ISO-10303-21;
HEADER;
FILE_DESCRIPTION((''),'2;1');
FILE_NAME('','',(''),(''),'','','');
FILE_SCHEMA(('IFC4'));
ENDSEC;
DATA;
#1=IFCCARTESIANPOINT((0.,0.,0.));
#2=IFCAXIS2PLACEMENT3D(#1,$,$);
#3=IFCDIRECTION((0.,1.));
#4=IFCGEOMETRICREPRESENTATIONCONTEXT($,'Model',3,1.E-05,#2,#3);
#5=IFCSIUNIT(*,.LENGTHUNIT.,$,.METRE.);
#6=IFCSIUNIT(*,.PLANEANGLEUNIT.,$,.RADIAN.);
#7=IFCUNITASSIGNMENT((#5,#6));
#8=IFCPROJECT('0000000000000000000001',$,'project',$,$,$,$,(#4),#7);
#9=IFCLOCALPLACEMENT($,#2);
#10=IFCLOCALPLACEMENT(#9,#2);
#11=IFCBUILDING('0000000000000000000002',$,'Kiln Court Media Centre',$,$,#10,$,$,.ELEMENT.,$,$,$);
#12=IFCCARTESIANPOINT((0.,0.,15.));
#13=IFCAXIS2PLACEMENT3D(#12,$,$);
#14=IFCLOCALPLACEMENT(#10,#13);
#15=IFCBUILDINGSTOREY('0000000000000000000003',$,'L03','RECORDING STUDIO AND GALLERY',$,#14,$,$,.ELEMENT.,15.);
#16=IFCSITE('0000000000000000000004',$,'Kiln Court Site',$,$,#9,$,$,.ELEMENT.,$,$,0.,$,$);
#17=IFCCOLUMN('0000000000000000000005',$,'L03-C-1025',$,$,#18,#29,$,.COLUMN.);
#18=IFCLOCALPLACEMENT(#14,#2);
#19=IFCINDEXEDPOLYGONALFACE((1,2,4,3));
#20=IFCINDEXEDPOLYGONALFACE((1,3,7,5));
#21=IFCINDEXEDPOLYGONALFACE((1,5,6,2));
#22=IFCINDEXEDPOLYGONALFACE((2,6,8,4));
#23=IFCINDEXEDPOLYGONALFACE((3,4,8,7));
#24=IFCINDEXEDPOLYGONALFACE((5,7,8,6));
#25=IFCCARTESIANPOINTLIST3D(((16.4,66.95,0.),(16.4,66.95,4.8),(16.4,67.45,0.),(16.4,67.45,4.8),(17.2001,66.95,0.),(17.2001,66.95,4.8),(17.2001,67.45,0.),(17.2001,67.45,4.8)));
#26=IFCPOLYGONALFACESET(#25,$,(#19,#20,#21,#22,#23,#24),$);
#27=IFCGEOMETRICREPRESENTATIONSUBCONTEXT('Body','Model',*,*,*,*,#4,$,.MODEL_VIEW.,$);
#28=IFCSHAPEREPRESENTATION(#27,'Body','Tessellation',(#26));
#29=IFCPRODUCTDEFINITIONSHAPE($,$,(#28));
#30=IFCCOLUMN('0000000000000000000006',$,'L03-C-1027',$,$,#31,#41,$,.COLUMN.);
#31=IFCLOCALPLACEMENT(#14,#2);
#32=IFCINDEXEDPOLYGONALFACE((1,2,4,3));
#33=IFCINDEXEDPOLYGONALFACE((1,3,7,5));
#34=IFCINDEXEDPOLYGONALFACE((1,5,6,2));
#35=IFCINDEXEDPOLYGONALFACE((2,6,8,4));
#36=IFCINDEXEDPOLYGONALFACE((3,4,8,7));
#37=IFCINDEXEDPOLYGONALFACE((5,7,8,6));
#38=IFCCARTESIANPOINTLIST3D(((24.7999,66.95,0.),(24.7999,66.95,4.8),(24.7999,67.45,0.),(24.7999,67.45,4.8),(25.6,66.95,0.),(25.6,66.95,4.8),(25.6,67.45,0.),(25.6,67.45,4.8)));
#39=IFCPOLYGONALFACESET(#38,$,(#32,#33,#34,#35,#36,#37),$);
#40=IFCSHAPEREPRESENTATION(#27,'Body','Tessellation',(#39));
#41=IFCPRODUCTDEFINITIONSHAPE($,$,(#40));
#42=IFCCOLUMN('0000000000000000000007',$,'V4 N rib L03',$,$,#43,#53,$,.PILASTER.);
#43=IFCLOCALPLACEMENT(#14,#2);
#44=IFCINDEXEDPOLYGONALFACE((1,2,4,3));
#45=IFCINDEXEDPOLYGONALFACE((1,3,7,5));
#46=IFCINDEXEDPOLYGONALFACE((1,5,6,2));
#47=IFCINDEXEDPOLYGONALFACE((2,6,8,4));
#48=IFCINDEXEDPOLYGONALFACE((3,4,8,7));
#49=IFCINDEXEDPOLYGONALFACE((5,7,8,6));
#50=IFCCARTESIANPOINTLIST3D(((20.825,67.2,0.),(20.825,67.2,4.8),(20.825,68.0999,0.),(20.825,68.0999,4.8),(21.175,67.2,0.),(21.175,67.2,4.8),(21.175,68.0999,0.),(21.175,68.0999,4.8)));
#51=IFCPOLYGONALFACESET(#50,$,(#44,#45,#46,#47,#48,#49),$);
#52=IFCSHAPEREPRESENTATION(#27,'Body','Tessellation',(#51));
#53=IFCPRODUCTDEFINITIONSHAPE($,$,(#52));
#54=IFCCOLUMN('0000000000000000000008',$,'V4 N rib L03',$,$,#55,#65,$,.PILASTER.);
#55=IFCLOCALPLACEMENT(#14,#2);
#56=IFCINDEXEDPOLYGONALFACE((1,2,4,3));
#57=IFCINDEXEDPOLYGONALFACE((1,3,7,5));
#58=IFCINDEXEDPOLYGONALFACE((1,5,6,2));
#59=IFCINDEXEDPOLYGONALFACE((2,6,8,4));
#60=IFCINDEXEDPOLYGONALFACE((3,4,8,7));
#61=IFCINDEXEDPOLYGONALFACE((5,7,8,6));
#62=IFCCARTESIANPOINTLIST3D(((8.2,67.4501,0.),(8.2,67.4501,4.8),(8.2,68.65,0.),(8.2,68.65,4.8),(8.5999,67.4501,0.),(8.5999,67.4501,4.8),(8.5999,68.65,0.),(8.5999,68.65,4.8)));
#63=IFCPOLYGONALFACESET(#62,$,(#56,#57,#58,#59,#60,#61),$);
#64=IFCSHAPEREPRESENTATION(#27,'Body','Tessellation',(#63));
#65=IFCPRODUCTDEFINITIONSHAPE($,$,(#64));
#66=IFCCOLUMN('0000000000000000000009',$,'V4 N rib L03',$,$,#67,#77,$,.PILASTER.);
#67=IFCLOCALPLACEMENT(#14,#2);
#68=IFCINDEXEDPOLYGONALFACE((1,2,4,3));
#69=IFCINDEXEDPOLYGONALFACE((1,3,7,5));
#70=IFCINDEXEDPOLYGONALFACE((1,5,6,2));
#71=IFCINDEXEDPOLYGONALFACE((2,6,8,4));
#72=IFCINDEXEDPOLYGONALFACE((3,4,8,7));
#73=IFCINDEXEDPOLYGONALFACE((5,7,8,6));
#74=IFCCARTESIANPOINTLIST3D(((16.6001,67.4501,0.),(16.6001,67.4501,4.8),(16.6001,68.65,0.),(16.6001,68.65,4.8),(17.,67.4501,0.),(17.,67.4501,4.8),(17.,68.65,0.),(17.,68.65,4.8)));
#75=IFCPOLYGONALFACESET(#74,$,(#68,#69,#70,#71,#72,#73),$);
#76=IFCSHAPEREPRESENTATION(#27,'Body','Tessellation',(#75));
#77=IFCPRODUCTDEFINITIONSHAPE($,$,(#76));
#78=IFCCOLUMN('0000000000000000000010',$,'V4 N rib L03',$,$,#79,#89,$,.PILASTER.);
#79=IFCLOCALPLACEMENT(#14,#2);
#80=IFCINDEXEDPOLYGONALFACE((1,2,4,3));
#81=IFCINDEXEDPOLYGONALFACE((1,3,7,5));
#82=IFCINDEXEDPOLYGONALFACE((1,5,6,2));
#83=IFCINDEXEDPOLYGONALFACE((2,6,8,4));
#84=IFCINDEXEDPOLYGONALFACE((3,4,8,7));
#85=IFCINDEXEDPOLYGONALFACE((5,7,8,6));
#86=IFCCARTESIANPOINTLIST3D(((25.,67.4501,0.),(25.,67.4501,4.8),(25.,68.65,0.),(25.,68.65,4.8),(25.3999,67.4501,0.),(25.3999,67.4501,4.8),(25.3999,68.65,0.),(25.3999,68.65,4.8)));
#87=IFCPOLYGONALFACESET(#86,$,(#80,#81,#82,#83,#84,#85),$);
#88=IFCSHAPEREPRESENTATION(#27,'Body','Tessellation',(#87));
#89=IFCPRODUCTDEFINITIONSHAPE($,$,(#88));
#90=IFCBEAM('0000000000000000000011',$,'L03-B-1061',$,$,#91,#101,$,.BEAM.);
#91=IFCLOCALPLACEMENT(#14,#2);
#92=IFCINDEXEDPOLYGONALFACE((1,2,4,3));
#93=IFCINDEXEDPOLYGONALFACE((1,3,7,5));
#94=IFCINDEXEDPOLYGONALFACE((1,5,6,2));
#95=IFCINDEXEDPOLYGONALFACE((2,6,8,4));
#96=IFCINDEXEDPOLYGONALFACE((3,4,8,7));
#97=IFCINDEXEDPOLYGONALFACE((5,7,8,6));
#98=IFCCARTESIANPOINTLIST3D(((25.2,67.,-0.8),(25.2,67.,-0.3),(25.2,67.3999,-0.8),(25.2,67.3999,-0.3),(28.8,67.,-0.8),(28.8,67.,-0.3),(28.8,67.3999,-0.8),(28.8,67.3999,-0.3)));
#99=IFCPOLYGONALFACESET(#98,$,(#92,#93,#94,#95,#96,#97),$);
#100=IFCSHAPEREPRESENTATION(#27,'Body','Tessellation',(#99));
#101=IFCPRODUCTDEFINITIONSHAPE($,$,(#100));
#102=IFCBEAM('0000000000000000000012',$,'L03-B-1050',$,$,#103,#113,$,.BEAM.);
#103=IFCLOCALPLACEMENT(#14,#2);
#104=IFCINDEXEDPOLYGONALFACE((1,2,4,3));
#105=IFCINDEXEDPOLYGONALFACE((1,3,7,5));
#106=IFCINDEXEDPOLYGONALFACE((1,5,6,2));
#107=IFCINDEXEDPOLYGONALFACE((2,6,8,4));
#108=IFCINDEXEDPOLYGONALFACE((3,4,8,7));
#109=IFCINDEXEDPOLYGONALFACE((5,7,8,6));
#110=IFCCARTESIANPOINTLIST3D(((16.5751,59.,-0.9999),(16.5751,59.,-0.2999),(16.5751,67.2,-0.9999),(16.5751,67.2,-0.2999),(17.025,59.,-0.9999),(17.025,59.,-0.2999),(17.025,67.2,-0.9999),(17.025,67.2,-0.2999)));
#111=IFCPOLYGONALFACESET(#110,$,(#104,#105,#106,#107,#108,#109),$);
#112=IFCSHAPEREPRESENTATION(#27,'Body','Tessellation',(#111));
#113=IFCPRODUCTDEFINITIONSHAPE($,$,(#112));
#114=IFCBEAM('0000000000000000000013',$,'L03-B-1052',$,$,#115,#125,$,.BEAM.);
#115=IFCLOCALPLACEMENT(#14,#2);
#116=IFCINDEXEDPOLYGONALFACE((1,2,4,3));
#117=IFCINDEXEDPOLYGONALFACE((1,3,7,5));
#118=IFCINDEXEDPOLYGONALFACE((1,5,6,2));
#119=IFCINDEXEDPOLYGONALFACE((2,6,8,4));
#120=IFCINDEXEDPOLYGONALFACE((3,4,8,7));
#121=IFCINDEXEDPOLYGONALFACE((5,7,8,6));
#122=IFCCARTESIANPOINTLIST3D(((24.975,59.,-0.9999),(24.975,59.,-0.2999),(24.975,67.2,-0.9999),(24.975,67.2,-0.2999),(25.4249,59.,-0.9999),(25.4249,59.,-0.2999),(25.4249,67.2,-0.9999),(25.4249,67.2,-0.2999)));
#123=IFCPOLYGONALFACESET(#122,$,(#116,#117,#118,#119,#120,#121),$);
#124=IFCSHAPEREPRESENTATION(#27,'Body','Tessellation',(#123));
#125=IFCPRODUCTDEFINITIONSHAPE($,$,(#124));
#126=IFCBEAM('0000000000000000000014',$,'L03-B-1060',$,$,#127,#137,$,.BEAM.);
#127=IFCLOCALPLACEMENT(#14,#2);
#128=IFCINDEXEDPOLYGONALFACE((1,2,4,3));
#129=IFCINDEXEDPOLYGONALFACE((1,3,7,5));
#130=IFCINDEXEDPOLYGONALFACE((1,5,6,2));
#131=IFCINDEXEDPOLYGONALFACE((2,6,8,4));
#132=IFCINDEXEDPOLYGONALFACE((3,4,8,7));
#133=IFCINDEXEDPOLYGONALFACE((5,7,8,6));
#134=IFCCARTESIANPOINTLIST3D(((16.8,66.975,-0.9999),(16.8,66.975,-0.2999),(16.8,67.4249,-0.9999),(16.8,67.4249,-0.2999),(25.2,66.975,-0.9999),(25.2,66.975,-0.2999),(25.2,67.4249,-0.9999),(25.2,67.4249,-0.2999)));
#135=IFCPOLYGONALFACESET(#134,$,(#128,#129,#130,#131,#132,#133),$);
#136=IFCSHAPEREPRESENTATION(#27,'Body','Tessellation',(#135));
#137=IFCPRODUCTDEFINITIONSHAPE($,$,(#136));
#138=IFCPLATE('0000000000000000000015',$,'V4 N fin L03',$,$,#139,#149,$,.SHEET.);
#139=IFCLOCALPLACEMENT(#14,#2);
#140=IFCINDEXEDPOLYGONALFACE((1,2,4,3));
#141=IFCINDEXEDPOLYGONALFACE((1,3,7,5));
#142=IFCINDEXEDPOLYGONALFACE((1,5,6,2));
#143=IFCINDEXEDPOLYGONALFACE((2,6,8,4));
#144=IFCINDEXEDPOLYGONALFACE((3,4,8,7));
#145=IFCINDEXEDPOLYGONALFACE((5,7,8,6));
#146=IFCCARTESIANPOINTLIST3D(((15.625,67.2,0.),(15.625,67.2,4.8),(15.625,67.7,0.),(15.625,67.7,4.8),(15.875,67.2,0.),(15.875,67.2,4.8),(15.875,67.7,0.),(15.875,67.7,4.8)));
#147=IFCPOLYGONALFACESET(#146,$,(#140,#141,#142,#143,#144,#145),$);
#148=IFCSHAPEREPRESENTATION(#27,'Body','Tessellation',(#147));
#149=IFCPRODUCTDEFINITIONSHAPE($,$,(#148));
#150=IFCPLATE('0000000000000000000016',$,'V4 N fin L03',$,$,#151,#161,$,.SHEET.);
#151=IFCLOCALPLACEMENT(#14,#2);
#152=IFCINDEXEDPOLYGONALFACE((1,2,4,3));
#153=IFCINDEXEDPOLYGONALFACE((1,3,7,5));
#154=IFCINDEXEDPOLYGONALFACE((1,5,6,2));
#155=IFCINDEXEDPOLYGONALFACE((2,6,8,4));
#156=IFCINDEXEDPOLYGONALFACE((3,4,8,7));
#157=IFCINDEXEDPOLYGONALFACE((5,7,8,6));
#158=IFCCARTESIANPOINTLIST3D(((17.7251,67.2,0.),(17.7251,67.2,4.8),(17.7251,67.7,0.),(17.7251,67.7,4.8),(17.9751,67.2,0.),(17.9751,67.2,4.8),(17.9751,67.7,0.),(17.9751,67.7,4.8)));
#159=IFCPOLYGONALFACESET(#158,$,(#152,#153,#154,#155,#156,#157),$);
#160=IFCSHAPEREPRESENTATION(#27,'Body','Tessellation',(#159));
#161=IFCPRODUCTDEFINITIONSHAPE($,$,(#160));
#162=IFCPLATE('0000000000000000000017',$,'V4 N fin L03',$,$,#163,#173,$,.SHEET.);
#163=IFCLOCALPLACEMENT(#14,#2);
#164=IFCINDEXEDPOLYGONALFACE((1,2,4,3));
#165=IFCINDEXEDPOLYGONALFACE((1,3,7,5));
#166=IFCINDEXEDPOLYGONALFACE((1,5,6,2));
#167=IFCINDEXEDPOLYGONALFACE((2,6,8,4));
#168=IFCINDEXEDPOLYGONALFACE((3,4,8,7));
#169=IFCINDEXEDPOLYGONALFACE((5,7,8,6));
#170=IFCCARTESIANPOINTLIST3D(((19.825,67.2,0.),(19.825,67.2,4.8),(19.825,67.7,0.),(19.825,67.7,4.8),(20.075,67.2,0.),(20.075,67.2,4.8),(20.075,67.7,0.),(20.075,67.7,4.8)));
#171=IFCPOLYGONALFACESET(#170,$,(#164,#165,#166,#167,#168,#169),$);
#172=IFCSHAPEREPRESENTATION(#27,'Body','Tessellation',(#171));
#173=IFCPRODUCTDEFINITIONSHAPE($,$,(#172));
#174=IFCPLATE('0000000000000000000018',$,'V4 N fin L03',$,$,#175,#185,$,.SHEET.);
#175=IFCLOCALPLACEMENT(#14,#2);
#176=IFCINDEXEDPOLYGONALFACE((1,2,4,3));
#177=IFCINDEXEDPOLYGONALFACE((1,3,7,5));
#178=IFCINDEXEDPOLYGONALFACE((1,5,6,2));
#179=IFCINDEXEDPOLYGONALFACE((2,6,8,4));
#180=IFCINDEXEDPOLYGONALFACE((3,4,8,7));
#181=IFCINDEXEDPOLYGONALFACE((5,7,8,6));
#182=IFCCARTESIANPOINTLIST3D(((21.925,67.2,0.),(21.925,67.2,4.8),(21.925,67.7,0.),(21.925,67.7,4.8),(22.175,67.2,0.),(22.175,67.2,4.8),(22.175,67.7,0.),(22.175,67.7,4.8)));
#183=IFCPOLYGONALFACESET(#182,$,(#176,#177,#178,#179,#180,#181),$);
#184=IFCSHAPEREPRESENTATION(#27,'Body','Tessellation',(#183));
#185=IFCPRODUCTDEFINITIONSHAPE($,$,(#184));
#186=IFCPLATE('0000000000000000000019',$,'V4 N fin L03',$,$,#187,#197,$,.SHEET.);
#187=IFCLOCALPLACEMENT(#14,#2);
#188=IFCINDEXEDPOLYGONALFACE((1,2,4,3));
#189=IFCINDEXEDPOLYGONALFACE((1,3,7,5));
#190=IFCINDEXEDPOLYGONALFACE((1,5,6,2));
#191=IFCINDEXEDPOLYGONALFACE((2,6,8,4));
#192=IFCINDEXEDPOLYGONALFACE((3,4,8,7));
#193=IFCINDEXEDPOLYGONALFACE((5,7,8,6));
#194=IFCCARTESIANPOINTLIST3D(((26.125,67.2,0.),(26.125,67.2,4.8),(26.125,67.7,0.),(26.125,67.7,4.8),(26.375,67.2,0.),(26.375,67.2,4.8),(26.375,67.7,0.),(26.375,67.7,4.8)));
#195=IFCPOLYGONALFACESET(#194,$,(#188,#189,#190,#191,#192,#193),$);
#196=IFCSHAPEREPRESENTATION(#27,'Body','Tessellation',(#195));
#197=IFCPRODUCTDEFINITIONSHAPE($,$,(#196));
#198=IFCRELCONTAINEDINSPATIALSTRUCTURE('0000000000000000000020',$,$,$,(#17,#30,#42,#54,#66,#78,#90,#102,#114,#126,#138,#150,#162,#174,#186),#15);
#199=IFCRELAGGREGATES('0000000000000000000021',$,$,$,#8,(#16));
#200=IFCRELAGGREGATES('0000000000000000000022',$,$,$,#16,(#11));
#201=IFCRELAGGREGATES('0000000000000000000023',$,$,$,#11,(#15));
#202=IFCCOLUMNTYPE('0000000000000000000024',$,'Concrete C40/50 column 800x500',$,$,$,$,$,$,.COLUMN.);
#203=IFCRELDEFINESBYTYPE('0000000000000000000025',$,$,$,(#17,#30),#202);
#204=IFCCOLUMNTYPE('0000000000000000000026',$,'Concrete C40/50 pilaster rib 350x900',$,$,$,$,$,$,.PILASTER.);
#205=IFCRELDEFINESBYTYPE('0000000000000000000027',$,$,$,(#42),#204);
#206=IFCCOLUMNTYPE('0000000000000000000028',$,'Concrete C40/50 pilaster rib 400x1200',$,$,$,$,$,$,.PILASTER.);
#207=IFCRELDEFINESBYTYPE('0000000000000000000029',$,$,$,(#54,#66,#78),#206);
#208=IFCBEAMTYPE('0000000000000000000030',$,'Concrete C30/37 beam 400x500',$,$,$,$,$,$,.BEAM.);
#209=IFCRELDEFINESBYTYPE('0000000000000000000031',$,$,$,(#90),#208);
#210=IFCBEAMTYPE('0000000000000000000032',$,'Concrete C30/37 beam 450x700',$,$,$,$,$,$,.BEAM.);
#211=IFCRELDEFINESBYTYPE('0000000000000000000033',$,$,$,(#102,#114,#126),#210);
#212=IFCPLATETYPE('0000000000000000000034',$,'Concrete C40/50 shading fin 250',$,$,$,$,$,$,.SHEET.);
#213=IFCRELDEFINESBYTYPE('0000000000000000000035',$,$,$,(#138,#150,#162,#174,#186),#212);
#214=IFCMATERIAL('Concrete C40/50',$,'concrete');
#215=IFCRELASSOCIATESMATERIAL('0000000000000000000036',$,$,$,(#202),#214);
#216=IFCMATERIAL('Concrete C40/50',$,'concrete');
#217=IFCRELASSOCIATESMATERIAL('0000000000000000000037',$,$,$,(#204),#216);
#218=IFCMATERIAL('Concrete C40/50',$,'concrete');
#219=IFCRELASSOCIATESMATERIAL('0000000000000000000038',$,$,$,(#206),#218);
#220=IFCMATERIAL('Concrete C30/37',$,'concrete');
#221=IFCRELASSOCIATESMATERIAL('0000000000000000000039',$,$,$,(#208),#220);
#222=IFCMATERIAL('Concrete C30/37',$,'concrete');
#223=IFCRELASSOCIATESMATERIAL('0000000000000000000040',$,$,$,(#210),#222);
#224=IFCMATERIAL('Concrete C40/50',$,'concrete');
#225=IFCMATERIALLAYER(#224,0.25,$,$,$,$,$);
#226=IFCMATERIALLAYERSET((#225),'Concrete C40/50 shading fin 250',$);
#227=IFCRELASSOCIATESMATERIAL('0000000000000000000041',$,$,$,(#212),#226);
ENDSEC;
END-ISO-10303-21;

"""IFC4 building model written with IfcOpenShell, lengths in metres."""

from ifc_helpers import new_model, si_unit, direction, frame, origin, origin_2d, place, context, subcontext, project, spatial, rectangle, extrude, material, layer, layer_set, material_profile, profile_set, type_object, element, save


model = new_model("IFC4")

# Units and contexts
model_context = context("Model", 3, precision=1e-05, world=origin(), true_north=direction((0.0, 1.0)))
body_context = subcontext(model_context, "Body", "Model", "MODEL_VIEW")
ifc_project = project(units=[si_unit("LENGTHUNIT", "METRE"), si_unit("PLANEANGLEUNIT", "RADIAN")], contexts=[model_context])

# Site, building, storey
site_placement = place(None, origin())
site = spatial("IfcSite", under=ifc_project, at=site_placement, Name="Kiln Court Site", CompositionType="ELEMENT", RefElevation=0.0)
building_placement = place(site_placement, origin())
building = spatial("IfcBuilding", under=site, at=building_placement, Name="Kiln Court Media Centre", CompositionType="ELEMENT")
storey_placement = place(building_placement, frame((0.0, 0.0, 15.0)))
storey = spatial("IfcBuildingStorey", under=building, at=storey_placement, Name="L03", Description="RECORDING STUDIO AND GALLERY", CompositionType="ELEMENT", Elevation=15.0)

# Columns
ifc_material_1 = material(Name="Concrete C40/50", Category="concrete")
ifc_material_profile_1 = material_profile(ifc_material_1, rectangle(XDim=0.8, YDim=0.5, at=origin_2d()), Name="RC 800x500")
ifc_profile_set_1 = profile_set([ifc_material_profile_1], Name="Concrete C40/50")
column_type_1 = type_object("IfcColumnType", Name="Concrete C40/50 column 800x500", PredefinedType="COLUMN", material=ifc_profile_set_1)
for number, where, z_axis, x_axis, name in (
    (1, (16.8, 67.2, 0.0), (0.0, 0.0, 1.0), (1.0, 0.0, 0.0), "L03-C-1025"),
    (2, (25.2, 67.2, 0.0), (0.0, 0.0, 1.0), (1.0, 0.0, 0.0), "L03-C-1027"),
):
    element("IfcColumn", number, at=place(storey_placement, frame(where, z_axis=z_axis, x_axis=x_axis)), inside=storey, type_object=column_type_1, Name=name, PredefinedType="COLUMN", context=body_context, shape_type="SweptSolid", body=[
        extrude(rectangle(XDim=0.8, YDim=0.5, at=origin_2d()), origin(), (0.0, 0.0, 1.0), 4.8),
    ])
ifc_material_2 = material(Name="Concrete C40/50", Category="concrete")
ifc_material_profile_2 = material_profile(ifc_material_2, rectangle(XDim=0.3501, YDim=0.8999, at=origin_2d()), Name="RC 350x900")
ifc_profile_set_2 = profile_set([ifc_material_profile_2], Name="Concrete C40/50")
column_type_2 = type_object("IfcColumnType", Name="Concrete C40/50 pilaster rib 350x900", PredefinedType="PILASTER", material=ifc_profile_set_2)
column_placement = place(storey_placement, frame((21.0, 67.6499, 0.0), z_axis=(0.0, 0.0, 1.0), x_axis=(1.0, 0.0, 0.0)))
element("IfcColumn", 3, at=column_placement, inside=storey, type_object=column_type_2, Name="V4 N rib L03", PredefinedType="PILASTER", context=body_context, shape_type="SweptSolid", body=[
    extrude(rectangle(XDim=0.3501, YDim=0.8999, at=origin_2d()), origin(), (0.0, 0.0, 1.0), 4.8),
])
ifc_material_3 = material(Name="Concrete C40/50", Category="concrete")
ifc_material_profile_3 = material_profile(ifc_material_3, rectangle(XDim=0.3999, YDim=1.2, at=origin_2d()), Name="RC 400x1200")
ifc_profile_set_3 = profile_set([ifc_material_profile_3], Name="Concrete C40/50")
column_type_3 = type_object("IfcColumnType", Name="Concrete C40/50 pilaster rib 400x1200", PredefinedType="PILASTER", material=ifc_profile_set_3)
for number, where, z_axis, x_axis, name in (
    (4, (8.3999, 68.05, 0.0), (0.0, 0.0, 1.0), (1.0, 0.0, 0.0), "V4 N rib L03"),
    (5, (16.8, 68.05, 0.0), (0.0, 0.0, 1.0), (1.0, 0.0, 0.0), "V4 N rib L03"),
    (6, (25.2, 68.05, 0.0), (0.0, 0.0, 1.0), (1.0, 0.0, 0.0), "V4 N rib L03"),
):
    element("IfcColumn", number, at=place(storey_placement, frame(where, z_axis=z_axis, x_axis=x_axis)), inside=storey, type_object=column_type_3, Name=name, PredefinedType="PILASTER", context=body_context, shape_type="SweptSolid", body=[
        extrude(rectangle(XDim=0.3999, YDim=1.2, at=origin_2d()), origin(), (0.0, 0.0, 1.0), 4.8),
    ])

# Beams
ifc_material_4 = material(Name="Concrete C30/37", Category="concrete")
ifc_material_profile_4 = material_profile(ifc_material_4, rectangle(XDim=0.3999, YDim=0.5, at=origin_2d()), Name="RC 400x500")
ifc_profile_set_4 = profile_set([ifc_material_profile_4], Name="Concrete C30/37")
beam_type_1 = type_object("IfcBeamType", Name="Concrete C30/37 beam 400x500", PredefinedType="BEAM", material=ifc_profile_set_4)
beam_1_placement = place(storey_placement, frame((25.2, 67.2, -0.55), z_axis=(1.0, 0.0, 0.0), x_axis=(0.0, 1.0, 0.0)))
element("IfcBeam", 7, at=beam_1_placement, inside=storey, type_object=beam_type_1, Name="L03-B-1061", PredefinedType="BEAM", context=body_context, shape_type="SweptSolid", body=[
    extrude(rectangle(XDim=0.3999, YDim=0.5, at=origin_2d()), origin(), (0.0, 0.0, 1.0), 3.6001),
])
ifc_material_5 = material(Name="Concrete C30/37", Category="concrete")
ifc_material_profile_5 = material_profile(ifc_material_5, rectangle(XDim=0.45, YDim=0.7, at=origin_2d()), Name="RC 450x700")
ifc_profile_set_5 = profile_set([ifc_material_profile_5], Name="Concrete C30/37")
beam_type_2 = type_object("IfcBeamType", Name="Concrete C30/37 beam 450x700", PredefinedType="BEAM", material=ifc_profile_set_5)
for number, where, z_axis, x_axis, name in (
    (8, (16.8, 59.0, -0.6499), (0.0, 1.0, 0.0), (-1.0, 0.0, 0.0), "L03-B-1050"),
    (9, (25.2, 59.0, -0.6499), (0.0, 1.0, 0.0), (-1.0, 0.0, 0.0), "L03-B-1052"),
):
    element("IfcBeam", number, at=place(storey_placement, frame(where, z_axis=z_axis, x_axis=x_axis)), inside=storey, type_object=beam_type_2, Name=name, PredefinedType="BEAM", context=body_context, shape_type="SweptSolid", body=[
        extrude(rectangle(XDim=0.45, YDim=0.7, at=origin_2d()), origin(), (0.0, 0.0, 1.0), 8.2),
    ])
beam_2_placement = place(storey_placement, frame((16.8, 67.2, -0.6499), z_axis=(1.0, 0.0, 0.0), x_axis=(0.0, 1.0, 0.0)))
element("IfcBeam", 10, at=beam_2_placement, inside=storey, type_object=beam_type_2, Name="L03-B-1060", PredefinedType="BEAM", context=body_context, shape_type="SweptSolid", body=[
    extrude(rectangle(XDim=0.45, YDim=0.7, at=origin_2d()), origin(), (0.0, 0.0, 1.0), 8.3999),
])

# Plates
ifc_material_6 = material(Name="Concrete C40/50", Category="concrete")
ifc_layer_1 = layer(ifc_material_6, 0.25)
ifc_layer_set_1 = layer_set([ifc_layer_1], Name="Concrete C40/50 shading fin 250")
plate_type = type_object("IfcPlateType", Name="Concrete C40/50 shading fin 250", PredefinedType="SHEET", material=ifc_layer_set_1)
for number, where, z_axis, x_axis, name in (
    (11, (15.75, 67.45, 0.0), (0.0, 0.0, 1.0), (1.0, 0.0, 0.0), "V4 N fin L03"),
    (12, (17.8501, 67.45, 0.0), (0.0, 0.0, 1.0), (1.0, 0.0, 0.0), "V4 N fin L03"),
    (13, (19.95, 67.45, 0.0), (0.0, 0.0, 1.0), (1.0, 0.0, 0.0), "V4 N fin L03"),
    (14, (22.05, 67.45, 0.0), (0.0, 0.0, 1.0), (1.0, 0.0, 0.0), "V4 N fin L03"),
    (15, (26.25, 67.45, 0.0), (0.0, 0.0, 1.0), (1.0, 0.0, 0.0), "V4 N fin L03"),
):
    element("IfcPlate", number, at=place(storey_placement, frame(where, z_axis=z_axis, x_axis=x_axis)), inside=storey, type_object=plate_type, Name=name, PredefinedType="SHEET", context=body_context, shape_type="SweptSolid", body=[
        extrude(rectangle(XDim=0.25, YDim=0.5, at=origin_2d()), origin(), (0.0, 0.0, 1.0), 4.8),
    ])

save(model, "model.ifc")
